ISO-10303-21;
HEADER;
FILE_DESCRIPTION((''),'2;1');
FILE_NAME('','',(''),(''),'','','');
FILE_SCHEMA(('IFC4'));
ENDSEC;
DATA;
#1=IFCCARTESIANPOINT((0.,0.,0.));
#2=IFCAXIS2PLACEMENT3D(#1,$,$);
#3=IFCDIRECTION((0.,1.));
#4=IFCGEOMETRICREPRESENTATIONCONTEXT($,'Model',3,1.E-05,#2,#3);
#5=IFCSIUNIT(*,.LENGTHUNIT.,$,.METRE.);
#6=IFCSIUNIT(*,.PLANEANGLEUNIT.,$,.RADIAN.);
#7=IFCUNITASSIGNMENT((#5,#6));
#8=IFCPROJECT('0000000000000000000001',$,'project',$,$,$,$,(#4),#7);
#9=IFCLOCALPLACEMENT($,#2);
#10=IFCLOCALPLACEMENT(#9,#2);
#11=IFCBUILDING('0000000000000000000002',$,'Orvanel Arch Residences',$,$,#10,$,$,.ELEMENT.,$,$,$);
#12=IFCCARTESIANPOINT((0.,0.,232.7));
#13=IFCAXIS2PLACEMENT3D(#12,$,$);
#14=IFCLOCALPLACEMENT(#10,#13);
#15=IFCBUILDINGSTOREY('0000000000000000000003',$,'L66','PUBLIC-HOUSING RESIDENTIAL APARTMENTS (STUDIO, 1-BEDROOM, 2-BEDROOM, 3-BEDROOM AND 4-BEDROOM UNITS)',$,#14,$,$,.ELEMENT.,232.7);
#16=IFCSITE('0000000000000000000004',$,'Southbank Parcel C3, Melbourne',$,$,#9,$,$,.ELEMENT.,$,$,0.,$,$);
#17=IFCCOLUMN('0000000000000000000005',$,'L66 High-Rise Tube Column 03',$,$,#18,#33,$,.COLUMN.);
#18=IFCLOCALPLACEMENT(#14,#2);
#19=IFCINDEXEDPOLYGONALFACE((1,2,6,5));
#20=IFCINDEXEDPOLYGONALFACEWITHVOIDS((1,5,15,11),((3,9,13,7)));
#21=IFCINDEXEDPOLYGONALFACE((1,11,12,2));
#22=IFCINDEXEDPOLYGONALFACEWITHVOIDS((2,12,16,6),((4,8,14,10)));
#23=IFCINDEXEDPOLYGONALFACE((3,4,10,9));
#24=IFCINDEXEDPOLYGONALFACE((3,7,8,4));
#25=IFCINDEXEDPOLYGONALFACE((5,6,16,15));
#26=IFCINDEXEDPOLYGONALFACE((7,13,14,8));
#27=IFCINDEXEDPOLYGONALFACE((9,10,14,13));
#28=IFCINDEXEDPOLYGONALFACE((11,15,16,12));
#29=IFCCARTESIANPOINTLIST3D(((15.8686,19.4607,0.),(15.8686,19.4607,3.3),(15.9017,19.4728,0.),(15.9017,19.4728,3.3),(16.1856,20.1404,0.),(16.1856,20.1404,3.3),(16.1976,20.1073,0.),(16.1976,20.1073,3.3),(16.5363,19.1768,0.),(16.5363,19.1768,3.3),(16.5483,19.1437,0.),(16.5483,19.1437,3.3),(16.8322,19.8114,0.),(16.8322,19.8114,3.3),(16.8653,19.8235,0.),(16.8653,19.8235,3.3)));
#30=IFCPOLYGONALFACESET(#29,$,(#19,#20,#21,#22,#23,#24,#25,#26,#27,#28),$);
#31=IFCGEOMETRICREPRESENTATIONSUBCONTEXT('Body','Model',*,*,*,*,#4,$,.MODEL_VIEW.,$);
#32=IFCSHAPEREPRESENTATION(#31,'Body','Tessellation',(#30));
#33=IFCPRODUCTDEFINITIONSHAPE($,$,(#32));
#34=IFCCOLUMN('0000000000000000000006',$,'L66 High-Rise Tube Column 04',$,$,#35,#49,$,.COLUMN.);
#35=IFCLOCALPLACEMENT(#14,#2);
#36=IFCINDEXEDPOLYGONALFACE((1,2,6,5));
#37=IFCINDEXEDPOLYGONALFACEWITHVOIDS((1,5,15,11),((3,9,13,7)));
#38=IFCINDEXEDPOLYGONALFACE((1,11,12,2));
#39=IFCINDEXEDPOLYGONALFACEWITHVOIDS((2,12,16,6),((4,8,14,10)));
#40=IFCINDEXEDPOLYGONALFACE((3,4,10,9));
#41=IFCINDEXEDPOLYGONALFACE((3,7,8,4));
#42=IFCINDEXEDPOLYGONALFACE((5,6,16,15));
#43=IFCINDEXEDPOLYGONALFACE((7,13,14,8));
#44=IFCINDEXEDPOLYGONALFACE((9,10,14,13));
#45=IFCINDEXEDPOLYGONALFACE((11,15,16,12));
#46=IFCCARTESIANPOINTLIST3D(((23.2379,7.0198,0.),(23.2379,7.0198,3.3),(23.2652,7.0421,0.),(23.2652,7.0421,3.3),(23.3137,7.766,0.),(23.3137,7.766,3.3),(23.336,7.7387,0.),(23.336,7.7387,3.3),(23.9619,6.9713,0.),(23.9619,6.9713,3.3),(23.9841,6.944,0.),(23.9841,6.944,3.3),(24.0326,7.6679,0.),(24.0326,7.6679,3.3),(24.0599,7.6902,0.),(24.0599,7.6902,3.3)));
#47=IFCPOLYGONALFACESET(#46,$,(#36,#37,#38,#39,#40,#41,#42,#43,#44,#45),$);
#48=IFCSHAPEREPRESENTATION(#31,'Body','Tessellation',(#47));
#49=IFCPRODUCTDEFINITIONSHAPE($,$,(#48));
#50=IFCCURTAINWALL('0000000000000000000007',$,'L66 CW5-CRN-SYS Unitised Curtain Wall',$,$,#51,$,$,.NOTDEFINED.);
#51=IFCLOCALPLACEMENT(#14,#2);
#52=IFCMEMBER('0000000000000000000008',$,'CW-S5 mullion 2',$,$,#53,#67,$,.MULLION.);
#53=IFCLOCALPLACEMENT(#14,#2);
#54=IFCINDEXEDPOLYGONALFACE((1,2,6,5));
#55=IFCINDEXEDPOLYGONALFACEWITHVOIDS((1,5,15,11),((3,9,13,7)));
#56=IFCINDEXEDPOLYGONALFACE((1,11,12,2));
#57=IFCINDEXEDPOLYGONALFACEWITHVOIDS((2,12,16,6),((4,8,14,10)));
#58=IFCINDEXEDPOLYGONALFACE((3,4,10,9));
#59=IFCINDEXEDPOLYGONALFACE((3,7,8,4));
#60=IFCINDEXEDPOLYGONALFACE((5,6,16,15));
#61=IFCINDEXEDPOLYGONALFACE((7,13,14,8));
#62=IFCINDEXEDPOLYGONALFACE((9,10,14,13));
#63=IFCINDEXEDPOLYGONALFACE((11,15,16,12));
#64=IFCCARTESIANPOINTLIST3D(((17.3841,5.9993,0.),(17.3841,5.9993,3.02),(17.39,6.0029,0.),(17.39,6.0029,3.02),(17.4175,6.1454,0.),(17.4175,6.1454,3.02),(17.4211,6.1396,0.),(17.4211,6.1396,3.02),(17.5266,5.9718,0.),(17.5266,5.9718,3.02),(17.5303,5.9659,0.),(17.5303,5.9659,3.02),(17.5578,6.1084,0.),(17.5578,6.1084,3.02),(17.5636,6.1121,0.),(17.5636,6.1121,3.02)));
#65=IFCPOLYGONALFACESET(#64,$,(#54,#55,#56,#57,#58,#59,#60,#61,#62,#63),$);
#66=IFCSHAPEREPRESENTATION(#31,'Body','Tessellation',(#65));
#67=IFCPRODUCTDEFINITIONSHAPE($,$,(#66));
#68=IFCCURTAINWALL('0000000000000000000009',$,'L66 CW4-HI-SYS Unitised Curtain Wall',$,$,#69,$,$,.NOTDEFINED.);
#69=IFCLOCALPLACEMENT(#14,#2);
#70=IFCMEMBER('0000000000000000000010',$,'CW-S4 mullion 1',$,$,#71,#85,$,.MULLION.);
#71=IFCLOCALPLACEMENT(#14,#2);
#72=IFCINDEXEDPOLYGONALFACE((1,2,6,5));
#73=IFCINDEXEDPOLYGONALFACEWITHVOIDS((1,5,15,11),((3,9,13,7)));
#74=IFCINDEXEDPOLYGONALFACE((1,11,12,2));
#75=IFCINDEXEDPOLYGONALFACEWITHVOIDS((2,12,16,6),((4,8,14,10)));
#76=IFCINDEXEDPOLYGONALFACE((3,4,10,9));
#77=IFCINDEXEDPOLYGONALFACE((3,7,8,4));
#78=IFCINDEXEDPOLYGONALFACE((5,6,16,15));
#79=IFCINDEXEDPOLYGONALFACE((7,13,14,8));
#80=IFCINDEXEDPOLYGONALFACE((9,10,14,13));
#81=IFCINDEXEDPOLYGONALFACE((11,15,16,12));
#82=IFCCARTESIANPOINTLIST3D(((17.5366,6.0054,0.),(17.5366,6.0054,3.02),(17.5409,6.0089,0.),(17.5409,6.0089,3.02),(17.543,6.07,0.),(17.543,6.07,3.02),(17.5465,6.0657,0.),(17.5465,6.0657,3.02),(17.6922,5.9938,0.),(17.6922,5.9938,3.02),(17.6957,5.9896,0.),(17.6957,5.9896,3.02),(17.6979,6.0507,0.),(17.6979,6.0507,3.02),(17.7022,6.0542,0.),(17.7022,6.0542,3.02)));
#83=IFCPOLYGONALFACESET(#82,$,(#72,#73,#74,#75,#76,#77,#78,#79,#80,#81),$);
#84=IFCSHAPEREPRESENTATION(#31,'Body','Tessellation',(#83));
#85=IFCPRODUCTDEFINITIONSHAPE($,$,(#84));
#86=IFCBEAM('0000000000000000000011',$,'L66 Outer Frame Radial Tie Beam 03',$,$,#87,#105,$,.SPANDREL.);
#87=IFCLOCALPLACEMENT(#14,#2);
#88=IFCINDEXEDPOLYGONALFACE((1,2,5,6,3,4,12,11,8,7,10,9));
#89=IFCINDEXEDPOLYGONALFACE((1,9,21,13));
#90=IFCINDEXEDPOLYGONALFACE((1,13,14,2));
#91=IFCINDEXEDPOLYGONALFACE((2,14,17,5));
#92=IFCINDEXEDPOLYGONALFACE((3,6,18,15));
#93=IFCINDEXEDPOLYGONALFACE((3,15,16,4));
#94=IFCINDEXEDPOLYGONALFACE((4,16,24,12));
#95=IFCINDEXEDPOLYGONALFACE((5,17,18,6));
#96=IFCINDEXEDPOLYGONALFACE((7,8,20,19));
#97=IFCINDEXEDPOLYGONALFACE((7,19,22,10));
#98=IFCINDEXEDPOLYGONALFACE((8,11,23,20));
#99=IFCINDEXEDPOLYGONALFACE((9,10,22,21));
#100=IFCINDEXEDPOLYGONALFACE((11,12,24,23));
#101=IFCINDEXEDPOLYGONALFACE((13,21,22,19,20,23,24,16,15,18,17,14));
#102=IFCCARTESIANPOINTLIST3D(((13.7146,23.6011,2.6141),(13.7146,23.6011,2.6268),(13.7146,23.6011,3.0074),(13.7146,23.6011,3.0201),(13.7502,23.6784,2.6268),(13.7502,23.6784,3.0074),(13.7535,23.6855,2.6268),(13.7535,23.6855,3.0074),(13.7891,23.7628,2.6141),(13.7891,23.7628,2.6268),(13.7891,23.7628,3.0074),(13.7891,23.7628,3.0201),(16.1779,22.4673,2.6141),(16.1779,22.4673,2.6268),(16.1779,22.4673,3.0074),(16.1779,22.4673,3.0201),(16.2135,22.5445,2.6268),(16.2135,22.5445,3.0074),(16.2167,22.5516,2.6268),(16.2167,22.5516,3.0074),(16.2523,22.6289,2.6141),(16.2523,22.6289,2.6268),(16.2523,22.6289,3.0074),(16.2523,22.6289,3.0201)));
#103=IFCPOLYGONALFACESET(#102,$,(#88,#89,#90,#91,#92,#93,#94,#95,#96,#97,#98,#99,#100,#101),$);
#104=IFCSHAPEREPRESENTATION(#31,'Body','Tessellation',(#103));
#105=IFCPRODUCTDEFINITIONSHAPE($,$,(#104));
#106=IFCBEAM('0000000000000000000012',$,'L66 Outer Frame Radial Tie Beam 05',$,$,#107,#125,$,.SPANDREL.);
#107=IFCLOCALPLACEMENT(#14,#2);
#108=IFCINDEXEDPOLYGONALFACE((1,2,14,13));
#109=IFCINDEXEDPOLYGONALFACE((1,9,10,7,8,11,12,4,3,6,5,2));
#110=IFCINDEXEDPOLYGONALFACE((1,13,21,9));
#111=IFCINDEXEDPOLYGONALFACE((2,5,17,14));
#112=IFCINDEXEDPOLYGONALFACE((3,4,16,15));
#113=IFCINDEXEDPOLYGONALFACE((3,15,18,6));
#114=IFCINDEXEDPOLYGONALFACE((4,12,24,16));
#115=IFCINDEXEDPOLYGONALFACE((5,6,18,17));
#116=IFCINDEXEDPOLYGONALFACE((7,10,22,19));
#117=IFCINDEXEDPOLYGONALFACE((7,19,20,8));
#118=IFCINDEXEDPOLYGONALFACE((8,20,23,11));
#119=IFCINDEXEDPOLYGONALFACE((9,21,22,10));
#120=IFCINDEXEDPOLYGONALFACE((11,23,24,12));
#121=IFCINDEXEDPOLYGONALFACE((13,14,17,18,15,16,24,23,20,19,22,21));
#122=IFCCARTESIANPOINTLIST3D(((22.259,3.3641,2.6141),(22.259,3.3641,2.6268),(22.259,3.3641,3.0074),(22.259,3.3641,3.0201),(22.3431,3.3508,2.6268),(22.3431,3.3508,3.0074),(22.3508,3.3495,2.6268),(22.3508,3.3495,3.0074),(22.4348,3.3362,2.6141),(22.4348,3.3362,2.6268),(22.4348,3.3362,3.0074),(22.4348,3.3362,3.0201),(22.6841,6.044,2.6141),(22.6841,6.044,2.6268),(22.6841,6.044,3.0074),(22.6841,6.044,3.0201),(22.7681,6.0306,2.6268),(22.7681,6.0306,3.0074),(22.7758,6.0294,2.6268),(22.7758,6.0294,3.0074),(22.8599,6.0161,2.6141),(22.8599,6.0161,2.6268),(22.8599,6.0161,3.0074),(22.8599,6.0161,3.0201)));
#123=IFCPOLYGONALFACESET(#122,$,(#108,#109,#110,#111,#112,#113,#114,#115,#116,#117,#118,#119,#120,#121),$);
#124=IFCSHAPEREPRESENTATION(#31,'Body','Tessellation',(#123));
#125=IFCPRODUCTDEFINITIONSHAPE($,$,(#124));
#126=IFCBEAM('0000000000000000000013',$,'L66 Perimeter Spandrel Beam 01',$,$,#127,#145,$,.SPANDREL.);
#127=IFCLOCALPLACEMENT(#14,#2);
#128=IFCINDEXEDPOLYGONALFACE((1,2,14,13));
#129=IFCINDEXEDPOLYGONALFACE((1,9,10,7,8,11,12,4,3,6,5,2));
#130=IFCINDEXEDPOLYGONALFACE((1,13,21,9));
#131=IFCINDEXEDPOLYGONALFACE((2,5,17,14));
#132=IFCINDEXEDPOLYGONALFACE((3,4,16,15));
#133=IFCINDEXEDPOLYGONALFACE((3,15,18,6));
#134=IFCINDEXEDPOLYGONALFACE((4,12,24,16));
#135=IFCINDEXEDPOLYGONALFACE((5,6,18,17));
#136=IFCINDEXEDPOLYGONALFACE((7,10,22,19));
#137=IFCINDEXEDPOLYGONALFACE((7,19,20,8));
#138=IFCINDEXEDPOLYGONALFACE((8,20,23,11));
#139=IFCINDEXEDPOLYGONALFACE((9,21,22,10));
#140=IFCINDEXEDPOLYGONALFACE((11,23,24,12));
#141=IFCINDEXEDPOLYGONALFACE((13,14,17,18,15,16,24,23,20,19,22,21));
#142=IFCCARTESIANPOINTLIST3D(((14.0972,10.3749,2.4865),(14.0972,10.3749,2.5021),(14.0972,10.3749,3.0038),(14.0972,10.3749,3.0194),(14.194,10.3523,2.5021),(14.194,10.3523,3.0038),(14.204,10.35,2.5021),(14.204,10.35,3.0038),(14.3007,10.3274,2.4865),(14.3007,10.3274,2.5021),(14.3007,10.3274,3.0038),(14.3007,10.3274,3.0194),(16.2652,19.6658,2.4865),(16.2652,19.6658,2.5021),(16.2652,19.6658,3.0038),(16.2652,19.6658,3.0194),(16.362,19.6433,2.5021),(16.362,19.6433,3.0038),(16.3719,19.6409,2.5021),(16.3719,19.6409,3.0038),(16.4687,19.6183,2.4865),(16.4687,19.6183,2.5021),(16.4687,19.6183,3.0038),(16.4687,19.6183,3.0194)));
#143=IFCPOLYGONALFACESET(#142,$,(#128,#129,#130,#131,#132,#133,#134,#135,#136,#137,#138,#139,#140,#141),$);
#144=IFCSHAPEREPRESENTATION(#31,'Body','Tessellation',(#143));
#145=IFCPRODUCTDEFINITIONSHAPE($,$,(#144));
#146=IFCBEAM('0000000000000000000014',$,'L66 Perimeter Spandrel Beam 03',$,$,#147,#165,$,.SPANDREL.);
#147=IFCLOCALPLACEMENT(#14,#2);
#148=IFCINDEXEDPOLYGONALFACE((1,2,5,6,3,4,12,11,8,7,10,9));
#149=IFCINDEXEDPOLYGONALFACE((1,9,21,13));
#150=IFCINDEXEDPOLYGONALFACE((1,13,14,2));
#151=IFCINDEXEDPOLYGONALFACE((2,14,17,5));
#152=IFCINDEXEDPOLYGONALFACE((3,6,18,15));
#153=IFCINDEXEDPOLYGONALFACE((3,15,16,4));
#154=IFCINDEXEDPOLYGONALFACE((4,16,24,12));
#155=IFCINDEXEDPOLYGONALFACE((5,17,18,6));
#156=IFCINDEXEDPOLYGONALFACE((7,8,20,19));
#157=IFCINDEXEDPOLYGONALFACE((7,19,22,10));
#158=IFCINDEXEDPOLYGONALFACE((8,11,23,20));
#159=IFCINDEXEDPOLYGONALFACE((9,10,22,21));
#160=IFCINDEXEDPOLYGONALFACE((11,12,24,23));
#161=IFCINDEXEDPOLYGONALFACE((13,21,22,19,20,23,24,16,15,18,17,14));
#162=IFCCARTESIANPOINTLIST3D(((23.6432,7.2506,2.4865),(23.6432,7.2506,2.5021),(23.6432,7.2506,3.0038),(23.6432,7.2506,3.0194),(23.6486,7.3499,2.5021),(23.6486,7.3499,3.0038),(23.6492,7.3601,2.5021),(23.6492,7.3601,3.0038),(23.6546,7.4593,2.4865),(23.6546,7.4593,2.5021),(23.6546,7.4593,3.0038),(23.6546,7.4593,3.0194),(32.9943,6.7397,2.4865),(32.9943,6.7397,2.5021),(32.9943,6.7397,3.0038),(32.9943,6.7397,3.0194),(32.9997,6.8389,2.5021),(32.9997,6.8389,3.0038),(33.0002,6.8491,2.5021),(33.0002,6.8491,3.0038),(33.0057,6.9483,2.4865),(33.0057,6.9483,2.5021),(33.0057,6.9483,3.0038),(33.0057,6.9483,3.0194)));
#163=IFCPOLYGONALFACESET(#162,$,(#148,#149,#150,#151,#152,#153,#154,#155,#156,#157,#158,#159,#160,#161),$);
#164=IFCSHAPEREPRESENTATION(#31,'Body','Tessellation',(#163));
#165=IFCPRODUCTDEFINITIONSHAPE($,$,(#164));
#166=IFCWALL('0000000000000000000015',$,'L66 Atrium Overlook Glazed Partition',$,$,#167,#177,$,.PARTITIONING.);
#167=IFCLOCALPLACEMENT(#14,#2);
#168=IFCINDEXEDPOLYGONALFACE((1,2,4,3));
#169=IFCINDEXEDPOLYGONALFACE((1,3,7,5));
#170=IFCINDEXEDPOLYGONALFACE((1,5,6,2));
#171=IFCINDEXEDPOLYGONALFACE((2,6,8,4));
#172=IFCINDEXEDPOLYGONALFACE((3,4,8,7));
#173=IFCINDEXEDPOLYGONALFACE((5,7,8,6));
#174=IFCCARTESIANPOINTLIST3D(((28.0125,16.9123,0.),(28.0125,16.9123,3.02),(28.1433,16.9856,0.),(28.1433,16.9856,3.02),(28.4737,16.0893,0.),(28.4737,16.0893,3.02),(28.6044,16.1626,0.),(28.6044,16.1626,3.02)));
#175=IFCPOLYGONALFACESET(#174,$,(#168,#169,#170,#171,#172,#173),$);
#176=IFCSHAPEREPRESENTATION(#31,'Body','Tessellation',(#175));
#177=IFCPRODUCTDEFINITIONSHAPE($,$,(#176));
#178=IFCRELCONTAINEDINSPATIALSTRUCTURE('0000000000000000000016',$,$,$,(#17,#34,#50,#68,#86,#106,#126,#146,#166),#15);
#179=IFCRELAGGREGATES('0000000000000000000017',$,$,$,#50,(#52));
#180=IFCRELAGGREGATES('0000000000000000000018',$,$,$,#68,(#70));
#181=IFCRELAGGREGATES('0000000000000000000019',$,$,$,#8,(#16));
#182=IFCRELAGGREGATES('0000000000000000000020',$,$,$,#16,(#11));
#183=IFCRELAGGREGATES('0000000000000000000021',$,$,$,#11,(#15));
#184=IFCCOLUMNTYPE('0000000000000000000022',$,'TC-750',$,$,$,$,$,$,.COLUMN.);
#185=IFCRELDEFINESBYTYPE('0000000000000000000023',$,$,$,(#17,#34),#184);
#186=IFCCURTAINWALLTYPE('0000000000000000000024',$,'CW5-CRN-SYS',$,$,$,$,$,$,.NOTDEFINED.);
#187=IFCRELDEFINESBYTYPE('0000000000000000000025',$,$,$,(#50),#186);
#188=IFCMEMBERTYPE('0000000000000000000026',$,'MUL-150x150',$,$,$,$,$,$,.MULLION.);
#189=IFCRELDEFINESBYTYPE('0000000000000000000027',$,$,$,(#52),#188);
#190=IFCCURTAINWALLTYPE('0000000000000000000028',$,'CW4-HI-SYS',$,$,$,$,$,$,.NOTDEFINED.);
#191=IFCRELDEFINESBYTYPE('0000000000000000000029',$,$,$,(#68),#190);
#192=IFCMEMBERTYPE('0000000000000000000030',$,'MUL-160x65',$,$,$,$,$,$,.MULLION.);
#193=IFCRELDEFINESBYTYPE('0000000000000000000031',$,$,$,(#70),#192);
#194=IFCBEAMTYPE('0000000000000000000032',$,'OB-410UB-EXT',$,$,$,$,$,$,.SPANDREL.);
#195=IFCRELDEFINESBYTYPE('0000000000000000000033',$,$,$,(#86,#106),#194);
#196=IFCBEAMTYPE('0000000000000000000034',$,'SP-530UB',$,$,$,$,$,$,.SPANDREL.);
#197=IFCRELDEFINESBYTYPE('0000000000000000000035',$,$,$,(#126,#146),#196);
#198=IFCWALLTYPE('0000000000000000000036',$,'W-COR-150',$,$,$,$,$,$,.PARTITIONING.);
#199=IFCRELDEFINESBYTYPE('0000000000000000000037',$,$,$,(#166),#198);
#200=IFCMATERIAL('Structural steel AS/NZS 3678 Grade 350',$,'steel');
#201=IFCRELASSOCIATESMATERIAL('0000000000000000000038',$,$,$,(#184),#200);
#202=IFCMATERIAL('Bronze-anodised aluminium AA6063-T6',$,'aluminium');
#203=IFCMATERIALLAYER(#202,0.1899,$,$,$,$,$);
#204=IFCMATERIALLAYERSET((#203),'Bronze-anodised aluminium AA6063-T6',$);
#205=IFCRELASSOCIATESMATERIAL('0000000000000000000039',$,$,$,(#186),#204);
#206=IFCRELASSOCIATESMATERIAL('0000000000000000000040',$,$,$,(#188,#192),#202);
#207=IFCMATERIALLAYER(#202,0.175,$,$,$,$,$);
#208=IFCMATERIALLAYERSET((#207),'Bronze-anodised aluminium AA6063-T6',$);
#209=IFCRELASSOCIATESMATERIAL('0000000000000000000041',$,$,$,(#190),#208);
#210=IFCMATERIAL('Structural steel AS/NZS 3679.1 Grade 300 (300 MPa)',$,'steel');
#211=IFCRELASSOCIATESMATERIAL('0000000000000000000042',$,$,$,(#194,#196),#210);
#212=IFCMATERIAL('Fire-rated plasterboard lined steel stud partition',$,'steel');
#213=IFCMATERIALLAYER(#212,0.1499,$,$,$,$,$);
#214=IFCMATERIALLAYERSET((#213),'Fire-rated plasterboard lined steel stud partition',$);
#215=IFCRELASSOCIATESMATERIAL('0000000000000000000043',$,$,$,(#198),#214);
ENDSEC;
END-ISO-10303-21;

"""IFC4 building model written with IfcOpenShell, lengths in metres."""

from ifc_helpers import new_model, si_unit, direction, frame, frame_2d, origin, origin_2d, place, context, subcontext, project, spatial, rectangle, hollow_rectangle, i_section, extrude, material, layer, layer_set, material_profile, profile_set, type_object, element, aggregate, save


model = new_model("IFC4")

# Units and contexts
model_context = context("Model", 3, precision=1e-05, world=origin(), true_north=direction((0.0, 1.0)))
body_context = subcontext(model_context, "Body", "Model", "MODEL_VIEW")
ifc_project = project(units=[si_unit("LENGTHUNIT", "METRE"), si_unit("PLANEANGLEUNIT", "RADIAN")], contexts=[model_context])

# Site, building, storey
site_placement = place(None, origin())
site = spatial("IfcSite", under=ifc_project, at=site_placement, Name="Southbank Parcel C3, Melbourne", CompositionType="ELEMENT", RefElevation=0.0)
building_placement = place(site_placement, origin())
building = spatial("IfcBuilding", under=site, at=building_placement, Name="Orvanel Arch Residences", CompositionType="ELEMENT")
storey_placement = place(building_placement, frame((0.0, 0.0, 232.7)))
storey = spatial("IfcBuildingStorey", under=building, at=storey_placement, Name="L66", Description="PUBLIC-HOUSING RESIDENTIAL APARTMENTS (STUDIO, 1-BEDROOM, 2-BEDROOM, 3-BEDROOM AND 4-BEDROOM UNITS)", CompositionType="ELEMENT", Elevation=232.7)

# Columns
ifc_material_1 = material(Name="Structural steel AS/NZS 3678 Grade 350", Category="steel")
ifc_material_profile_1 = material_profile(ifc_material_1, hollow_rectangle(XDim=0.75, YDim=0.75, WallThickness=0.0249, at=origin_2d()), Name="BOX750x750x25")
ifc_profile_set_1 = profile_set([ifc_material_profile_1], Name="Structural steel AS/NZS 3678 Grade 350")
column_type = type_object("IfcColumnType", Name="TC-750", PredefinedType="COLUMN", material=ifc_profile_set_1)
for number, where, z_axis, x_axis, name in (
    (1, (16.3669, 19.6421, 0.0), (0.0, 0.0, 1.0), (0.422618, 0.906308, 0.0), "L66 High-Rise Tube Column 03"),
    (2, (23.6489, 7.355, 0.0), (0.0, 0.0, 1.0), (-0.994881, 0.101056, 0.0), "L66 High-Rise Tube Column 04"),
):
    element("IfcColumn", number, at=place(storey_placement, frame(where, z_axis=z_axis, x_axis=x_axis)), inside=storey, type_object=column_type, Name=name, PredefinedType="COLUMN", context=body_context, shape_type="SweptSolid", body=[
        extrude(hollow_rectangle(XDim=0.75, YDim=0.75, WallThickness=0.0249, at=origin_2d()), origin(), (0.0, 0.0, 1.0), 3.3),
    ])

# Curtain walls, members
ifc_material_2 = material(Name="Bronze-anodised aluminium AA6063-T6", Category="aluminium")
ifc_layer_1 = layer(ifc_material_2, 0.1899)
ifc_layer_set_1 = layer_set([ifc_layer_1], Name="Bronze-anodised aluminium AA6063-T6")
curtain_wall_type_1 = type_object("IfcCurtainWallType", Name="CW5-CRN-SYS", PredefinedType="NOTDEFINED", material=ifc_layer_set_1)
curtain_wall_1_placement = place(storey_placement, origin())
curtain_wall_1 = element("IfcCurtainWall", 3, at=curtain_wall_1_placement, inside=storey, type_object=curtain_wall_type_1, Name="L66 CW5-CRN-SYS Unitised Curtain Wall", PredefinedType="NOTDEFINED")
ifc_material_profile_2 = material_profile(ifc_material_2, hollow_rectangle(XDim=0.1499, YDim=0.1499, WallThickness=0.0049, at=origin_2d()), Name="ALU150x150x5")
ifc_profile_set_2 = profile_set([ifc_material_profile_2], Name="Bronze-anodised aluminium AA6063-T6")
member_type_1 = type_object("IfcMemberType", Name="MUL-150x150", PredefinedType="MULLION", material=ifc_profile_set_2)
member_1_placement = place(storey_placement, frame((17.4739, 6.0557, 0.0), z_axis=(0.0, 0.0, 1.0), x_axis=(0.222302, 0.974978, 0.0)))
member_1 = element("IfcMember", 4, at=member_1_placement, type_object=member_type_1, Name="CW-S5 mullion 2", PredefinedType="MULLION", context=body_context, shape_type="SweptSolid", body=[
    extrude(hollow_rectangle(XDim=0.1499, YDim=0.1499, WallThickness=0.0049, at=origin_2d()), origin(), (0.0, 0.0, 1.0), 3.02),
])
aggregate(curtain_wall_1, [member_1])
ifc_layer_2 = layer(ifc_material_2, 0.175)
ifc_layer_set_2 = layer_set([ifc_layer_2], Name="Bronze-anodised aluminium AA6063-T6")
curtain_wall_type_2 = type_object("IfcCurtainWallType", Name="CW4-HI-SYS", PredefinedType="NOTDEFINED", material=ifc_layer_set_2)
curtain_wall_2_placement = place(storey_placement, origin())
curtain_wall_2 = element("IfcCurtainWall", 5, at=curtain_wall_2_placement, inside=storey, type_object=curtain_wall_type_2, Name="L66 CW4-HI-SYS Unitised Curtain Wall", PredefinedType="NOTDEFINED")
ifc_material_profile_3 = material_profile(ifc_material_2, hollow_rectangle(XDim=0.0649, YDim=0.1599, WallThickness=0.0039, at=origin_2d()), Name="ALU160x65x4")
ifc_profile_set_3 = profile_set([ifc_material_profile_3], Name="Bronze-anodised aluminium AA6063-T6")
member_type_2 = type_object("IfcMemberType", Name="MUL-160x65", PredefinedType="MULLION", material=ifc_profile_set_3)
member_2_placement = place(storey_placement, frame((17.6194, 6.0298, 0.0), z_axis=(0.0, 0.0, 1.0), x_axis=(0.099033, 0.995084, 0.0)))
member_2 = element("IfcMember", 6, at=member_2_placement, type_object=member_type_2, Name="CW-S4 mullion 1", PredefinedType="MULLION", context=body_context, shape_type="SweptSolid", body=[
    extrude(hollow_rectangle(XDim=0.0649, YDim=0.1599, WallThickness=0.0039, at=origin_2d()), origin(), (0.0, 0.0, 1.0), 3.02),
])
aggregate(curtain_wall_2, [member_2])

# Beams
ifc_material_3 = material(Name="Structural steel AS/NZS 3679.1 Grade 300 (300 MPa)", Category="steel")
ifc_material_profile_4 = material_profile(ifc_material_3, i_section(OverallWidth=0.178, OverallDepth=0.406, WebThickness=0.0078, FlangeThickness=0.0127, at=origin_2d()), Name="410UB59.7")
ifc_profile_set_4 = profile_set([ifc_material_profile_4], Name="Structural steel AS/NZS 3679.1 Grade 300 (300 MPa)")
beam_type_1 = type_object("IfcBeamType", Name="OB-410UB-EXT", PredefinedType="SPANDREL", material=ifc_profile_set_4)
beam_1_placement = place(storey_placement, frame((16.2151, 22.5481, 2.8171), z_axis=(-0.908386, 0.418133, 0.0), x_axis=(-0.418133, -0.908386, 0.0)))
element("IfcBeam", 7, at=beam_1_placement, inside=storey, type_object=beam_type_1, Name="L66 Outer Frame Radial Tie Beam 03", PredefinedType="SPANDREL", context=body_context, shape_type="SweptSolid", body=[
    extrude(i_section(OverallWidth=0.178, OverallDepth=0.406, WebThickness=0.0078, FlangeThickness=0.0127, at=origin_2d()), origin(), (0.0, 0.0, 1.0), 2.7117),
])
beam_2_placement = place(storey_placement, frame((22.772, 6.03, 2.8171), z_axis=(-0.156646, -0.987655, 0.0), x_axis=(0.987655, -0.156646, 0.0)))
element("IfcBeam", 8, at=beam_2_placement, inside=storey, type_object=beam_type_1, Name="L66 Outer Frame Radial Tie Beam 05", PredefinedType="SPANDREL", context=body_context, shape_type="SweptSolid", body=[
    extrude(i_section(OverallWidth=0.178, OverallDepth=0.406, WebThickness=0.0078, FlangeThickness=0.0127, at=origin_2d()), origin(), (0.0, 0.0, 1.0), 2.7134),
])
ifc_material_profile_5 = material_profile(ifc_material_3, i_section(OverallWidth=0.209, OverallDepth=0.533, WebThickness=0.0103, FlangeThickness=0.0156, at=origin_2d()), Name="530UB92.4")
ifc_profile_set_5 = profile_set([ifc_material_profile_5], Name="Structural steel AS/NZS 3679.1 Grade 300 (300 MPa)")
beam_type_2 = type_object("IfcBeamType", Name="SP-530UB", PredefinedType="SPANDREL", material=ifc_profile_set_5)
beam_3_placement = place(storey_placement, frame((16.3669, 19.6421, 2.7529), z_axis=(-0.227236, -0.97384, 0.0), x_axis=(0.97384, -0.227236, 0.0)))
element("IfcBeam", 9, at=beam_3_placement, inside=storey, type_object=beam_type_2, Name="L66 Perimeter Spandrel Beam 01", PredefinedType="SPANDREL", context=body_context, shape_type="SweptSolid", body=[
    extrude(i_section(OverallWidth=0.209, OverallDepth=0.533, WebThickness=0.0103, FlangeThickness=0.0156, at=origin_2d()), origin(), (0.0, 0.0, 1.0), 9.5405),
])
beam_4_placement = place(storey_placement, frame((23.6489, 7.355, 2.7529), z_axis=(0.99851, -0.054563, 0.0), x_axis=(0.054563, 0.99851, 0.0)))
element("IfcBeam", 10, at=beam_4_placement, inside=storey, type_object=beam_type_2, Name="L66 Perimeter Spandrel Beam 03", PredefinedType="SPANDREL", context=body_context, shape_type="SweptSolid", body=[
    extrude(i_section(OverallWidth=0.209, OverallDepth=0.533, WebThickness=0.0103, FlangeThickness=0.0156, at=origin_2d()), origin(), (0.0, 0.0, 1.0), 9.365),
])

# Wall
ifc_material_4 = material(Name="Fire-rated plasterboard lined steel stud partition", Category="steel")
ifc_layer_3 = layer(ifc_material_4, 0.1499)
ifc_layer_set_3 = layer_set([ifc_layer_3], Name="Fire-rated plasterboard lined steel stud partition")
wall_type_1 = type_object("IfcWallType", Name="W-COR-150", PredefinedType="PARTITIONING", material=ifc_layer_set_3)
wall_1_placement = place(storey_placement, frame((28.5391, 16.126, 0.0), z_axis=(0.0, 0.0, 1.0), x_axis=(-0.488848, 0.872369, 0.0)))
element("IfcWall", 11, at=wall_1_placement, inside=storey, type_object=wall_type_1, Name="L66 Atrium Overlook Glazed Partition", PredefinedType="PARTITIONING", context=body_context, shape_type="SweptSolid", body=[
    extrude(rectangle(XDim=0.9434, YDim=0.1499, at=frame_2d((0.4717, 0.0))), origin(), (0.0, 0.0, 1.0), 3.02),
])

save(model, "model.ifc")
